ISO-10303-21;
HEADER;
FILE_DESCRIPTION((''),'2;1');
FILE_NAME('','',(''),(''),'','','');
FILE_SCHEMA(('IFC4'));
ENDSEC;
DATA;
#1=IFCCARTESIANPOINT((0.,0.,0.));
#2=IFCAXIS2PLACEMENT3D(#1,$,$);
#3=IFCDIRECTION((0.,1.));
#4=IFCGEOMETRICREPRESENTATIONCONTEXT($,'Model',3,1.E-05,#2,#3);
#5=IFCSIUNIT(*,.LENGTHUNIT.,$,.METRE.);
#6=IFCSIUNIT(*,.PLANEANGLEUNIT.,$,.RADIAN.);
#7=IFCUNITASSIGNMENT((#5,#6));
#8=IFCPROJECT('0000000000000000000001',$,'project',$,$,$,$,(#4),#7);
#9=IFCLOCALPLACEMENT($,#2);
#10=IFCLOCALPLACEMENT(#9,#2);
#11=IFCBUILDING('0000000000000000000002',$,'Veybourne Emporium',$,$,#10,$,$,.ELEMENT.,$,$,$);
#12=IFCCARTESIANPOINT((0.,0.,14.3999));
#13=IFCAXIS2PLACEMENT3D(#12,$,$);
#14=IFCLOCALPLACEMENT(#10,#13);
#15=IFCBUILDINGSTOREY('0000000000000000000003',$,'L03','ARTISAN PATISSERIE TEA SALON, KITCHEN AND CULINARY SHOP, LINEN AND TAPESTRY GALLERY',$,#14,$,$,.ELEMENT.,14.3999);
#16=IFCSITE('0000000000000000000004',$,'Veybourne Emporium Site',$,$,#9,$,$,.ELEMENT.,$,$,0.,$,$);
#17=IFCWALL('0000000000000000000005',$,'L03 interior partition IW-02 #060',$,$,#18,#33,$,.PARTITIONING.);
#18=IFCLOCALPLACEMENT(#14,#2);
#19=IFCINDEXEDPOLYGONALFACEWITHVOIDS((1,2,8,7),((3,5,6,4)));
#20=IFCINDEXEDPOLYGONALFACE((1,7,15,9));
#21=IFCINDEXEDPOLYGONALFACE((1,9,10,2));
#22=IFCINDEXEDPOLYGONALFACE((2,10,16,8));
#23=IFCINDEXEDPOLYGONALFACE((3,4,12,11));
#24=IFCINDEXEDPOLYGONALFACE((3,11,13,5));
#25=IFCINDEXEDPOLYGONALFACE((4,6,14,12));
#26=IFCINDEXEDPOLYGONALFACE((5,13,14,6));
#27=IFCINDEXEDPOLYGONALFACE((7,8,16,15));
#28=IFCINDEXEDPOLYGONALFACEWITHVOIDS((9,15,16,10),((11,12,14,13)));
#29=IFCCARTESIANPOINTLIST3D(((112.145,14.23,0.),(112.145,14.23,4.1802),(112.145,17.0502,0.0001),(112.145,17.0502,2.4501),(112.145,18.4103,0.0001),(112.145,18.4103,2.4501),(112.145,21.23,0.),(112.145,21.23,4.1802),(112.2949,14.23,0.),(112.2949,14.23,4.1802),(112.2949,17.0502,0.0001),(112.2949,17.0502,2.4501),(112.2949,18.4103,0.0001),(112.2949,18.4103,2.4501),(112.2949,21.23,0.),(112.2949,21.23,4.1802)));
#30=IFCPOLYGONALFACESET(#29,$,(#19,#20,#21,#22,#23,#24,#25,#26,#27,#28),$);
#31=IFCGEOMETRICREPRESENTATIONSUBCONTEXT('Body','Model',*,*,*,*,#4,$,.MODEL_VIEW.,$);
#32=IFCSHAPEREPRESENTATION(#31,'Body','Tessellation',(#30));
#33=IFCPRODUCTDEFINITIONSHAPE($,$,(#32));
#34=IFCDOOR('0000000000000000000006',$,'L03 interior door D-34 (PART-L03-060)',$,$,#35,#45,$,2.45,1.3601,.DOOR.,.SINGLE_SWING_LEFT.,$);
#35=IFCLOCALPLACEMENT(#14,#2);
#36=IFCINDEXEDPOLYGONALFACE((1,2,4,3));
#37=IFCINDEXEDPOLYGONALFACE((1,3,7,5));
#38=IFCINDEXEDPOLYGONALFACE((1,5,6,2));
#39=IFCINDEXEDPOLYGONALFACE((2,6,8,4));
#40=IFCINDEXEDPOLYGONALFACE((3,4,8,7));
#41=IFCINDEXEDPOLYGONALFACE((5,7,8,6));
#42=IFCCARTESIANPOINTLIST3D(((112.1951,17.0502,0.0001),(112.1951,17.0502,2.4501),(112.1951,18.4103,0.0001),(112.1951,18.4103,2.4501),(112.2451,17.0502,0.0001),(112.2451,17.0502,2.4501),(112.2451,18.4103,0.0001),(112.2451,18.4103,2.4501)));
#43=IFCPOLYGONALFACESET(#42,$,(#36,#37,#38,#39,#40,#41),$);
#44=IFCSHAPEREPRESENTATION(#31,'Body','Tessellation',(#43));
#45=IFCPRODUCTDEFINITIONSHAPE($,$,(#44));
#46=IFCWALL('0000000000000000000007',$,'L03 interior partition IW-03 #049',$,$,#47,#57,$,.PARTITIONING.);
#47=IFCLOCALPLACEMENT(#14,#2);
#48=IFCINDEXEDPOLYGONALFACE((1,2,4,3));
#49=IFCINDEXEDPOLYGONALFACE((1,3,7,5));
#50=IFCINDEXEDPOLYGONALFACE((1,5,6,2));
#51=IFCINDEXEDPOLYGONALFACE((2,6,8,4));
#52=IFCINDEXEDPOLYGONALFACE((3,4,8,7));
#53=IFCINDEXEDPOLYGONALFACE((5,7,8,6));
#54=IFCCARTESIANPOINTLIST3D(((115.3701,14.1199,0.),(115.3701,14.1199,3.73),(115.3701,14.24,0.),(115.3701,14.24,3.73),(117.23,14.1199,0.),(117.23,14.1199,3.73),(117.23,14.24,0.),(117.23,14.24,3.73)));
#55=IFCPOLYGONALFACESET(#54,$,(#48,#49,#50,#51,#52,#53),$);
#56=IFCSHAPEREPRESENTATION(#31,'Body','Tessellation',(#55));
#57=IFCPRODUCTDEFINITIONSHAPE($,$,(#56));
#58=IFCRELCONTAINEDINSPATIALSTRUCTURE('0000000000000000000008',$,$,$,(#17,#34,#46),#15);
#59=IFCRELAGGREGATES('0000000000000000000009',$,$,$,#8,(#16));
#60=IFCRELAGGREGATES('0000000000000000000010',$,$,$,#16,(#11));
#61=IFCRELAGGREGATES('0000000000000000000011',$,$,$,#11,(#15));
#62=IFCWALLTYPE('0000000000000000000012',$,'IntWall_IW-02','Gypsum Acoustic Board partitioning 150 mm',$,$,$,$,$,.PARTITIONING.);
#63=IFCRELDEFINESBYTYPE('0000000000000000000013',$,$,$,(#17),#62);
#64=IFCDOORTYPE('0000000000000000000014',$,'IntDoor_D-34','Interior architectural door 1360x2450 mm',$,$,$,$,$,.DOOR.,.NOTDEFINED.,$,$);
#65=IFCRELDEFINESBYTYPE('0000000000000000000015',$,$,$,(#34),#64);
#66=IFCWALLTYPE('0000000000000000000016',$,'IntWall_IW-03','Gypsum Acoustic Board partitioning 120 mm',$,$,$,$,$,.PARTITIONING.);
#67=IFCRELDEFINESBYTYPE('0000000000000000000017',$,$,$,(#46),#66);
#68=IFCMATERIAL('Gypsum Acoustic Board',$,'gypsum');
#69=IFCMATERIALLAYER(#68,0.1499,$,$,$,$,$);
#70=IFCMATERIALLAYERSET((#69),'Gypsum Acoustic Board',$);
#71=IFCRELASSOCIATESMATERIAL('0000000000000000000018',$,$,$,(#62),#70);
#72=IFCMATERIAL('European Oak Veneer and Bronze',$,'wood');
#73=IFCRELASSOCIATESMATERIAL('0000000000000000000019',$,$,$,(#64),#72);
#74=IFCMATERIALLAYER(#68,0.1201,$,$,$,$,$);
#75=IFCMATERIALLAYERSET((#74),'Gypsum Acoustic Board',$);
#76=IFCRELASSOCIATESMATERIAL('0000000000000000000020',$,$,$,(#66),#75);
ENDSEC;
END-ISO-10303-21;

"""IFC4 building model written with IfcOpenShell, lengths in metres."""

from ifc_helpers import new_model, si_unit, direction, frame, frame_2d, origin, place, context, subcontext, project, spatial, rectangle, extrude, material, layer, layer_set, type_object, element, fill, save


model = new_model("IFC4")

# Units and contexts
model_context = context("Model", 3, precision=1e-05, world=origin(), true_north=direction((0.0, 1.0)))
body_context = subcontext(model_context, "Body", "Model", "MODEL_VIEW")
ifc_project = project(units=[si_unit("LENGTHUNIT", "METRE"), si_unit("PLANEANGLEUNIT", "RADIAN")], contexts=[model_context])

# Site, building, storey
site_placement = place(None, origin())
site = spatial("IfcSite", under=ifc_project, at=site_placement, Name="Veybourne Emporium Site", CompositionType="ELEMENT", RefElevation=0.0)
building_placement = place(site_placement, origin())
building = spatial("IfcBuilding", under=site, at=building_placement, Name="Veybourne Emporium", CompositionType="ELEMENT")
storey_placement = place(building_placement, frame((0.0, 0.0, 14.3999)))
storey = spatial("IfcBuildingStorey", under=building, at=storey_placement, Name="L03", Description="ARTISAN PATISSERIE TEA SALON, KITCHEN AND CULINARY SHOP, LINEN AND TAPESTRY GALLERY", CompositionType="ELEMENT", Elevation=14.3999)

# Wall, opening, door
ifc_material_1 = material(Name="Gypsum Acoustic Board", Category="gypsum")
ifc_material_2 = material(Name="European Oak Veneer and Bronze", Category="wood")
ifc_layer_1 = layer(ifc_material_1, 0.1499)
ifc_layer_set_1 = layer_set([ifc_layer_1], Name="Gypsum Acoustic Board")
wall_type_1 = type_object("IfcWallType", Name="IntWall_IW-02", Description="Gypsum Acoustic Board partitioning 150 mm", PredefinedType="PARTITIONING", material=ifc_layer_set_1)
wall_1_placement = place(storey_placement, frame((112.22, 14.23, 0.0), z_axis=(0.0, 0.0, 1.0), x_axis=(0.0, 1.0, 0.0)))
wall_1 = element("IfcWall", 1, at=wall_1_placement, inside=storey, type_object=wall_type_1, Name="L03 interior partition IW-02 #060", PredefinedType="PARTITIONING", context=body_context, shape_type="SweptSolid", body=[
    extrude(rectangle(XDim=7.0, YDim=0.1499, at=frame_2d((3.5, 0.0))), origin(), (0.0, 0.0, 1.0), 4.1802),
])
opening_1_placement = place(wall_1_placement, frame((2.8201, 0.0, 0.0)))
opening_1 = element("IfcOpeningElement", 2, at=opening_1_placement, cuts=wall_1, PredefinedType="OPENING", context=body_context, shape_type="SweptSolid", body=[
    extrude(rectangle(XDim=1.3601, YDim=2.45, at=frame_2d((0.6802, 1.2251))), frame((0.0, 0.095, 0.0), z_axis=(0.0, -1.0, 0.0), x_axis=(1.0, 0.0, 0.0)), (0.0, 0.0, 1.0), 0.1899),
])
door_type_1 = type_object("IfcDoorType", Name="IntDoor_D-34", Description="Interior architectural door 1360x2450 mm", OperationType="NOTDEFINED", PredefinedType="DOOR", material=ifc_material_2)
door_1_placement = place(opening_1_placement, origin())
door_1 = element("IfcDoor", 3, at=door_1_placement, inside=storey, type_object=door_type_1, Name="L03 interior door D-34 (PART-L03-060)", OperationType="SINGLE_SWING_LEFT", OverallHeight=2.45, OverallWidth=1.3601, PredefinedType="DOOR", context=body_context, shape_type="SweptSolid", body=[
    extrude(rectangle(XDim=1.3601, YDim=2.45, at=frame_2d((0.6802, 1.2251))), frame((0.0, 0.0249, 0.0), z_axis=(0.0, -1.0, 0.0), x_axis=(1.0, 0.0, 0.0)), (0.0, 0.0, 1.0), 0.05),
])
fill(opening_1, door_1)

# Wall
ifc_layer_2 = layer(ifc_material_1, 0.1201)
ifc_layer_set_2 = layer_set([ifc_layer_2], Name="Gypsum Acoustic Board")
wall_type_2 = type_object("IfcWallType", Name="IntWall_IW-03", Description="Gypsum Acoustic Board partitioning 120 mm", PredefinedType="PARTITIONING", material=ifc_layer_set_2)
wall_2_placement = place(storey_placement, frame((115.3701, 14.1799, 0.0), z_axis=(0.0, 0.0, 1.0), x_axis=(1.0, 0.0, 0.0)))
element("IfcWall", 4, at=wall_2_placement, inside=storey, type_object=wall_type_2, Name="L03 interior partition IW-03 #049", PredefinedType="PARTITIONING", context=body_context, shape_type="SweptSolid", body=[
    extrude(rectangle(XDim=1.8599, YDim=0.1201, at=frame_2d((0.9299, 0.0))), origin(), (0.0, 0.0, 1.0), 3.73),
])

save(model, "model.ifc")
